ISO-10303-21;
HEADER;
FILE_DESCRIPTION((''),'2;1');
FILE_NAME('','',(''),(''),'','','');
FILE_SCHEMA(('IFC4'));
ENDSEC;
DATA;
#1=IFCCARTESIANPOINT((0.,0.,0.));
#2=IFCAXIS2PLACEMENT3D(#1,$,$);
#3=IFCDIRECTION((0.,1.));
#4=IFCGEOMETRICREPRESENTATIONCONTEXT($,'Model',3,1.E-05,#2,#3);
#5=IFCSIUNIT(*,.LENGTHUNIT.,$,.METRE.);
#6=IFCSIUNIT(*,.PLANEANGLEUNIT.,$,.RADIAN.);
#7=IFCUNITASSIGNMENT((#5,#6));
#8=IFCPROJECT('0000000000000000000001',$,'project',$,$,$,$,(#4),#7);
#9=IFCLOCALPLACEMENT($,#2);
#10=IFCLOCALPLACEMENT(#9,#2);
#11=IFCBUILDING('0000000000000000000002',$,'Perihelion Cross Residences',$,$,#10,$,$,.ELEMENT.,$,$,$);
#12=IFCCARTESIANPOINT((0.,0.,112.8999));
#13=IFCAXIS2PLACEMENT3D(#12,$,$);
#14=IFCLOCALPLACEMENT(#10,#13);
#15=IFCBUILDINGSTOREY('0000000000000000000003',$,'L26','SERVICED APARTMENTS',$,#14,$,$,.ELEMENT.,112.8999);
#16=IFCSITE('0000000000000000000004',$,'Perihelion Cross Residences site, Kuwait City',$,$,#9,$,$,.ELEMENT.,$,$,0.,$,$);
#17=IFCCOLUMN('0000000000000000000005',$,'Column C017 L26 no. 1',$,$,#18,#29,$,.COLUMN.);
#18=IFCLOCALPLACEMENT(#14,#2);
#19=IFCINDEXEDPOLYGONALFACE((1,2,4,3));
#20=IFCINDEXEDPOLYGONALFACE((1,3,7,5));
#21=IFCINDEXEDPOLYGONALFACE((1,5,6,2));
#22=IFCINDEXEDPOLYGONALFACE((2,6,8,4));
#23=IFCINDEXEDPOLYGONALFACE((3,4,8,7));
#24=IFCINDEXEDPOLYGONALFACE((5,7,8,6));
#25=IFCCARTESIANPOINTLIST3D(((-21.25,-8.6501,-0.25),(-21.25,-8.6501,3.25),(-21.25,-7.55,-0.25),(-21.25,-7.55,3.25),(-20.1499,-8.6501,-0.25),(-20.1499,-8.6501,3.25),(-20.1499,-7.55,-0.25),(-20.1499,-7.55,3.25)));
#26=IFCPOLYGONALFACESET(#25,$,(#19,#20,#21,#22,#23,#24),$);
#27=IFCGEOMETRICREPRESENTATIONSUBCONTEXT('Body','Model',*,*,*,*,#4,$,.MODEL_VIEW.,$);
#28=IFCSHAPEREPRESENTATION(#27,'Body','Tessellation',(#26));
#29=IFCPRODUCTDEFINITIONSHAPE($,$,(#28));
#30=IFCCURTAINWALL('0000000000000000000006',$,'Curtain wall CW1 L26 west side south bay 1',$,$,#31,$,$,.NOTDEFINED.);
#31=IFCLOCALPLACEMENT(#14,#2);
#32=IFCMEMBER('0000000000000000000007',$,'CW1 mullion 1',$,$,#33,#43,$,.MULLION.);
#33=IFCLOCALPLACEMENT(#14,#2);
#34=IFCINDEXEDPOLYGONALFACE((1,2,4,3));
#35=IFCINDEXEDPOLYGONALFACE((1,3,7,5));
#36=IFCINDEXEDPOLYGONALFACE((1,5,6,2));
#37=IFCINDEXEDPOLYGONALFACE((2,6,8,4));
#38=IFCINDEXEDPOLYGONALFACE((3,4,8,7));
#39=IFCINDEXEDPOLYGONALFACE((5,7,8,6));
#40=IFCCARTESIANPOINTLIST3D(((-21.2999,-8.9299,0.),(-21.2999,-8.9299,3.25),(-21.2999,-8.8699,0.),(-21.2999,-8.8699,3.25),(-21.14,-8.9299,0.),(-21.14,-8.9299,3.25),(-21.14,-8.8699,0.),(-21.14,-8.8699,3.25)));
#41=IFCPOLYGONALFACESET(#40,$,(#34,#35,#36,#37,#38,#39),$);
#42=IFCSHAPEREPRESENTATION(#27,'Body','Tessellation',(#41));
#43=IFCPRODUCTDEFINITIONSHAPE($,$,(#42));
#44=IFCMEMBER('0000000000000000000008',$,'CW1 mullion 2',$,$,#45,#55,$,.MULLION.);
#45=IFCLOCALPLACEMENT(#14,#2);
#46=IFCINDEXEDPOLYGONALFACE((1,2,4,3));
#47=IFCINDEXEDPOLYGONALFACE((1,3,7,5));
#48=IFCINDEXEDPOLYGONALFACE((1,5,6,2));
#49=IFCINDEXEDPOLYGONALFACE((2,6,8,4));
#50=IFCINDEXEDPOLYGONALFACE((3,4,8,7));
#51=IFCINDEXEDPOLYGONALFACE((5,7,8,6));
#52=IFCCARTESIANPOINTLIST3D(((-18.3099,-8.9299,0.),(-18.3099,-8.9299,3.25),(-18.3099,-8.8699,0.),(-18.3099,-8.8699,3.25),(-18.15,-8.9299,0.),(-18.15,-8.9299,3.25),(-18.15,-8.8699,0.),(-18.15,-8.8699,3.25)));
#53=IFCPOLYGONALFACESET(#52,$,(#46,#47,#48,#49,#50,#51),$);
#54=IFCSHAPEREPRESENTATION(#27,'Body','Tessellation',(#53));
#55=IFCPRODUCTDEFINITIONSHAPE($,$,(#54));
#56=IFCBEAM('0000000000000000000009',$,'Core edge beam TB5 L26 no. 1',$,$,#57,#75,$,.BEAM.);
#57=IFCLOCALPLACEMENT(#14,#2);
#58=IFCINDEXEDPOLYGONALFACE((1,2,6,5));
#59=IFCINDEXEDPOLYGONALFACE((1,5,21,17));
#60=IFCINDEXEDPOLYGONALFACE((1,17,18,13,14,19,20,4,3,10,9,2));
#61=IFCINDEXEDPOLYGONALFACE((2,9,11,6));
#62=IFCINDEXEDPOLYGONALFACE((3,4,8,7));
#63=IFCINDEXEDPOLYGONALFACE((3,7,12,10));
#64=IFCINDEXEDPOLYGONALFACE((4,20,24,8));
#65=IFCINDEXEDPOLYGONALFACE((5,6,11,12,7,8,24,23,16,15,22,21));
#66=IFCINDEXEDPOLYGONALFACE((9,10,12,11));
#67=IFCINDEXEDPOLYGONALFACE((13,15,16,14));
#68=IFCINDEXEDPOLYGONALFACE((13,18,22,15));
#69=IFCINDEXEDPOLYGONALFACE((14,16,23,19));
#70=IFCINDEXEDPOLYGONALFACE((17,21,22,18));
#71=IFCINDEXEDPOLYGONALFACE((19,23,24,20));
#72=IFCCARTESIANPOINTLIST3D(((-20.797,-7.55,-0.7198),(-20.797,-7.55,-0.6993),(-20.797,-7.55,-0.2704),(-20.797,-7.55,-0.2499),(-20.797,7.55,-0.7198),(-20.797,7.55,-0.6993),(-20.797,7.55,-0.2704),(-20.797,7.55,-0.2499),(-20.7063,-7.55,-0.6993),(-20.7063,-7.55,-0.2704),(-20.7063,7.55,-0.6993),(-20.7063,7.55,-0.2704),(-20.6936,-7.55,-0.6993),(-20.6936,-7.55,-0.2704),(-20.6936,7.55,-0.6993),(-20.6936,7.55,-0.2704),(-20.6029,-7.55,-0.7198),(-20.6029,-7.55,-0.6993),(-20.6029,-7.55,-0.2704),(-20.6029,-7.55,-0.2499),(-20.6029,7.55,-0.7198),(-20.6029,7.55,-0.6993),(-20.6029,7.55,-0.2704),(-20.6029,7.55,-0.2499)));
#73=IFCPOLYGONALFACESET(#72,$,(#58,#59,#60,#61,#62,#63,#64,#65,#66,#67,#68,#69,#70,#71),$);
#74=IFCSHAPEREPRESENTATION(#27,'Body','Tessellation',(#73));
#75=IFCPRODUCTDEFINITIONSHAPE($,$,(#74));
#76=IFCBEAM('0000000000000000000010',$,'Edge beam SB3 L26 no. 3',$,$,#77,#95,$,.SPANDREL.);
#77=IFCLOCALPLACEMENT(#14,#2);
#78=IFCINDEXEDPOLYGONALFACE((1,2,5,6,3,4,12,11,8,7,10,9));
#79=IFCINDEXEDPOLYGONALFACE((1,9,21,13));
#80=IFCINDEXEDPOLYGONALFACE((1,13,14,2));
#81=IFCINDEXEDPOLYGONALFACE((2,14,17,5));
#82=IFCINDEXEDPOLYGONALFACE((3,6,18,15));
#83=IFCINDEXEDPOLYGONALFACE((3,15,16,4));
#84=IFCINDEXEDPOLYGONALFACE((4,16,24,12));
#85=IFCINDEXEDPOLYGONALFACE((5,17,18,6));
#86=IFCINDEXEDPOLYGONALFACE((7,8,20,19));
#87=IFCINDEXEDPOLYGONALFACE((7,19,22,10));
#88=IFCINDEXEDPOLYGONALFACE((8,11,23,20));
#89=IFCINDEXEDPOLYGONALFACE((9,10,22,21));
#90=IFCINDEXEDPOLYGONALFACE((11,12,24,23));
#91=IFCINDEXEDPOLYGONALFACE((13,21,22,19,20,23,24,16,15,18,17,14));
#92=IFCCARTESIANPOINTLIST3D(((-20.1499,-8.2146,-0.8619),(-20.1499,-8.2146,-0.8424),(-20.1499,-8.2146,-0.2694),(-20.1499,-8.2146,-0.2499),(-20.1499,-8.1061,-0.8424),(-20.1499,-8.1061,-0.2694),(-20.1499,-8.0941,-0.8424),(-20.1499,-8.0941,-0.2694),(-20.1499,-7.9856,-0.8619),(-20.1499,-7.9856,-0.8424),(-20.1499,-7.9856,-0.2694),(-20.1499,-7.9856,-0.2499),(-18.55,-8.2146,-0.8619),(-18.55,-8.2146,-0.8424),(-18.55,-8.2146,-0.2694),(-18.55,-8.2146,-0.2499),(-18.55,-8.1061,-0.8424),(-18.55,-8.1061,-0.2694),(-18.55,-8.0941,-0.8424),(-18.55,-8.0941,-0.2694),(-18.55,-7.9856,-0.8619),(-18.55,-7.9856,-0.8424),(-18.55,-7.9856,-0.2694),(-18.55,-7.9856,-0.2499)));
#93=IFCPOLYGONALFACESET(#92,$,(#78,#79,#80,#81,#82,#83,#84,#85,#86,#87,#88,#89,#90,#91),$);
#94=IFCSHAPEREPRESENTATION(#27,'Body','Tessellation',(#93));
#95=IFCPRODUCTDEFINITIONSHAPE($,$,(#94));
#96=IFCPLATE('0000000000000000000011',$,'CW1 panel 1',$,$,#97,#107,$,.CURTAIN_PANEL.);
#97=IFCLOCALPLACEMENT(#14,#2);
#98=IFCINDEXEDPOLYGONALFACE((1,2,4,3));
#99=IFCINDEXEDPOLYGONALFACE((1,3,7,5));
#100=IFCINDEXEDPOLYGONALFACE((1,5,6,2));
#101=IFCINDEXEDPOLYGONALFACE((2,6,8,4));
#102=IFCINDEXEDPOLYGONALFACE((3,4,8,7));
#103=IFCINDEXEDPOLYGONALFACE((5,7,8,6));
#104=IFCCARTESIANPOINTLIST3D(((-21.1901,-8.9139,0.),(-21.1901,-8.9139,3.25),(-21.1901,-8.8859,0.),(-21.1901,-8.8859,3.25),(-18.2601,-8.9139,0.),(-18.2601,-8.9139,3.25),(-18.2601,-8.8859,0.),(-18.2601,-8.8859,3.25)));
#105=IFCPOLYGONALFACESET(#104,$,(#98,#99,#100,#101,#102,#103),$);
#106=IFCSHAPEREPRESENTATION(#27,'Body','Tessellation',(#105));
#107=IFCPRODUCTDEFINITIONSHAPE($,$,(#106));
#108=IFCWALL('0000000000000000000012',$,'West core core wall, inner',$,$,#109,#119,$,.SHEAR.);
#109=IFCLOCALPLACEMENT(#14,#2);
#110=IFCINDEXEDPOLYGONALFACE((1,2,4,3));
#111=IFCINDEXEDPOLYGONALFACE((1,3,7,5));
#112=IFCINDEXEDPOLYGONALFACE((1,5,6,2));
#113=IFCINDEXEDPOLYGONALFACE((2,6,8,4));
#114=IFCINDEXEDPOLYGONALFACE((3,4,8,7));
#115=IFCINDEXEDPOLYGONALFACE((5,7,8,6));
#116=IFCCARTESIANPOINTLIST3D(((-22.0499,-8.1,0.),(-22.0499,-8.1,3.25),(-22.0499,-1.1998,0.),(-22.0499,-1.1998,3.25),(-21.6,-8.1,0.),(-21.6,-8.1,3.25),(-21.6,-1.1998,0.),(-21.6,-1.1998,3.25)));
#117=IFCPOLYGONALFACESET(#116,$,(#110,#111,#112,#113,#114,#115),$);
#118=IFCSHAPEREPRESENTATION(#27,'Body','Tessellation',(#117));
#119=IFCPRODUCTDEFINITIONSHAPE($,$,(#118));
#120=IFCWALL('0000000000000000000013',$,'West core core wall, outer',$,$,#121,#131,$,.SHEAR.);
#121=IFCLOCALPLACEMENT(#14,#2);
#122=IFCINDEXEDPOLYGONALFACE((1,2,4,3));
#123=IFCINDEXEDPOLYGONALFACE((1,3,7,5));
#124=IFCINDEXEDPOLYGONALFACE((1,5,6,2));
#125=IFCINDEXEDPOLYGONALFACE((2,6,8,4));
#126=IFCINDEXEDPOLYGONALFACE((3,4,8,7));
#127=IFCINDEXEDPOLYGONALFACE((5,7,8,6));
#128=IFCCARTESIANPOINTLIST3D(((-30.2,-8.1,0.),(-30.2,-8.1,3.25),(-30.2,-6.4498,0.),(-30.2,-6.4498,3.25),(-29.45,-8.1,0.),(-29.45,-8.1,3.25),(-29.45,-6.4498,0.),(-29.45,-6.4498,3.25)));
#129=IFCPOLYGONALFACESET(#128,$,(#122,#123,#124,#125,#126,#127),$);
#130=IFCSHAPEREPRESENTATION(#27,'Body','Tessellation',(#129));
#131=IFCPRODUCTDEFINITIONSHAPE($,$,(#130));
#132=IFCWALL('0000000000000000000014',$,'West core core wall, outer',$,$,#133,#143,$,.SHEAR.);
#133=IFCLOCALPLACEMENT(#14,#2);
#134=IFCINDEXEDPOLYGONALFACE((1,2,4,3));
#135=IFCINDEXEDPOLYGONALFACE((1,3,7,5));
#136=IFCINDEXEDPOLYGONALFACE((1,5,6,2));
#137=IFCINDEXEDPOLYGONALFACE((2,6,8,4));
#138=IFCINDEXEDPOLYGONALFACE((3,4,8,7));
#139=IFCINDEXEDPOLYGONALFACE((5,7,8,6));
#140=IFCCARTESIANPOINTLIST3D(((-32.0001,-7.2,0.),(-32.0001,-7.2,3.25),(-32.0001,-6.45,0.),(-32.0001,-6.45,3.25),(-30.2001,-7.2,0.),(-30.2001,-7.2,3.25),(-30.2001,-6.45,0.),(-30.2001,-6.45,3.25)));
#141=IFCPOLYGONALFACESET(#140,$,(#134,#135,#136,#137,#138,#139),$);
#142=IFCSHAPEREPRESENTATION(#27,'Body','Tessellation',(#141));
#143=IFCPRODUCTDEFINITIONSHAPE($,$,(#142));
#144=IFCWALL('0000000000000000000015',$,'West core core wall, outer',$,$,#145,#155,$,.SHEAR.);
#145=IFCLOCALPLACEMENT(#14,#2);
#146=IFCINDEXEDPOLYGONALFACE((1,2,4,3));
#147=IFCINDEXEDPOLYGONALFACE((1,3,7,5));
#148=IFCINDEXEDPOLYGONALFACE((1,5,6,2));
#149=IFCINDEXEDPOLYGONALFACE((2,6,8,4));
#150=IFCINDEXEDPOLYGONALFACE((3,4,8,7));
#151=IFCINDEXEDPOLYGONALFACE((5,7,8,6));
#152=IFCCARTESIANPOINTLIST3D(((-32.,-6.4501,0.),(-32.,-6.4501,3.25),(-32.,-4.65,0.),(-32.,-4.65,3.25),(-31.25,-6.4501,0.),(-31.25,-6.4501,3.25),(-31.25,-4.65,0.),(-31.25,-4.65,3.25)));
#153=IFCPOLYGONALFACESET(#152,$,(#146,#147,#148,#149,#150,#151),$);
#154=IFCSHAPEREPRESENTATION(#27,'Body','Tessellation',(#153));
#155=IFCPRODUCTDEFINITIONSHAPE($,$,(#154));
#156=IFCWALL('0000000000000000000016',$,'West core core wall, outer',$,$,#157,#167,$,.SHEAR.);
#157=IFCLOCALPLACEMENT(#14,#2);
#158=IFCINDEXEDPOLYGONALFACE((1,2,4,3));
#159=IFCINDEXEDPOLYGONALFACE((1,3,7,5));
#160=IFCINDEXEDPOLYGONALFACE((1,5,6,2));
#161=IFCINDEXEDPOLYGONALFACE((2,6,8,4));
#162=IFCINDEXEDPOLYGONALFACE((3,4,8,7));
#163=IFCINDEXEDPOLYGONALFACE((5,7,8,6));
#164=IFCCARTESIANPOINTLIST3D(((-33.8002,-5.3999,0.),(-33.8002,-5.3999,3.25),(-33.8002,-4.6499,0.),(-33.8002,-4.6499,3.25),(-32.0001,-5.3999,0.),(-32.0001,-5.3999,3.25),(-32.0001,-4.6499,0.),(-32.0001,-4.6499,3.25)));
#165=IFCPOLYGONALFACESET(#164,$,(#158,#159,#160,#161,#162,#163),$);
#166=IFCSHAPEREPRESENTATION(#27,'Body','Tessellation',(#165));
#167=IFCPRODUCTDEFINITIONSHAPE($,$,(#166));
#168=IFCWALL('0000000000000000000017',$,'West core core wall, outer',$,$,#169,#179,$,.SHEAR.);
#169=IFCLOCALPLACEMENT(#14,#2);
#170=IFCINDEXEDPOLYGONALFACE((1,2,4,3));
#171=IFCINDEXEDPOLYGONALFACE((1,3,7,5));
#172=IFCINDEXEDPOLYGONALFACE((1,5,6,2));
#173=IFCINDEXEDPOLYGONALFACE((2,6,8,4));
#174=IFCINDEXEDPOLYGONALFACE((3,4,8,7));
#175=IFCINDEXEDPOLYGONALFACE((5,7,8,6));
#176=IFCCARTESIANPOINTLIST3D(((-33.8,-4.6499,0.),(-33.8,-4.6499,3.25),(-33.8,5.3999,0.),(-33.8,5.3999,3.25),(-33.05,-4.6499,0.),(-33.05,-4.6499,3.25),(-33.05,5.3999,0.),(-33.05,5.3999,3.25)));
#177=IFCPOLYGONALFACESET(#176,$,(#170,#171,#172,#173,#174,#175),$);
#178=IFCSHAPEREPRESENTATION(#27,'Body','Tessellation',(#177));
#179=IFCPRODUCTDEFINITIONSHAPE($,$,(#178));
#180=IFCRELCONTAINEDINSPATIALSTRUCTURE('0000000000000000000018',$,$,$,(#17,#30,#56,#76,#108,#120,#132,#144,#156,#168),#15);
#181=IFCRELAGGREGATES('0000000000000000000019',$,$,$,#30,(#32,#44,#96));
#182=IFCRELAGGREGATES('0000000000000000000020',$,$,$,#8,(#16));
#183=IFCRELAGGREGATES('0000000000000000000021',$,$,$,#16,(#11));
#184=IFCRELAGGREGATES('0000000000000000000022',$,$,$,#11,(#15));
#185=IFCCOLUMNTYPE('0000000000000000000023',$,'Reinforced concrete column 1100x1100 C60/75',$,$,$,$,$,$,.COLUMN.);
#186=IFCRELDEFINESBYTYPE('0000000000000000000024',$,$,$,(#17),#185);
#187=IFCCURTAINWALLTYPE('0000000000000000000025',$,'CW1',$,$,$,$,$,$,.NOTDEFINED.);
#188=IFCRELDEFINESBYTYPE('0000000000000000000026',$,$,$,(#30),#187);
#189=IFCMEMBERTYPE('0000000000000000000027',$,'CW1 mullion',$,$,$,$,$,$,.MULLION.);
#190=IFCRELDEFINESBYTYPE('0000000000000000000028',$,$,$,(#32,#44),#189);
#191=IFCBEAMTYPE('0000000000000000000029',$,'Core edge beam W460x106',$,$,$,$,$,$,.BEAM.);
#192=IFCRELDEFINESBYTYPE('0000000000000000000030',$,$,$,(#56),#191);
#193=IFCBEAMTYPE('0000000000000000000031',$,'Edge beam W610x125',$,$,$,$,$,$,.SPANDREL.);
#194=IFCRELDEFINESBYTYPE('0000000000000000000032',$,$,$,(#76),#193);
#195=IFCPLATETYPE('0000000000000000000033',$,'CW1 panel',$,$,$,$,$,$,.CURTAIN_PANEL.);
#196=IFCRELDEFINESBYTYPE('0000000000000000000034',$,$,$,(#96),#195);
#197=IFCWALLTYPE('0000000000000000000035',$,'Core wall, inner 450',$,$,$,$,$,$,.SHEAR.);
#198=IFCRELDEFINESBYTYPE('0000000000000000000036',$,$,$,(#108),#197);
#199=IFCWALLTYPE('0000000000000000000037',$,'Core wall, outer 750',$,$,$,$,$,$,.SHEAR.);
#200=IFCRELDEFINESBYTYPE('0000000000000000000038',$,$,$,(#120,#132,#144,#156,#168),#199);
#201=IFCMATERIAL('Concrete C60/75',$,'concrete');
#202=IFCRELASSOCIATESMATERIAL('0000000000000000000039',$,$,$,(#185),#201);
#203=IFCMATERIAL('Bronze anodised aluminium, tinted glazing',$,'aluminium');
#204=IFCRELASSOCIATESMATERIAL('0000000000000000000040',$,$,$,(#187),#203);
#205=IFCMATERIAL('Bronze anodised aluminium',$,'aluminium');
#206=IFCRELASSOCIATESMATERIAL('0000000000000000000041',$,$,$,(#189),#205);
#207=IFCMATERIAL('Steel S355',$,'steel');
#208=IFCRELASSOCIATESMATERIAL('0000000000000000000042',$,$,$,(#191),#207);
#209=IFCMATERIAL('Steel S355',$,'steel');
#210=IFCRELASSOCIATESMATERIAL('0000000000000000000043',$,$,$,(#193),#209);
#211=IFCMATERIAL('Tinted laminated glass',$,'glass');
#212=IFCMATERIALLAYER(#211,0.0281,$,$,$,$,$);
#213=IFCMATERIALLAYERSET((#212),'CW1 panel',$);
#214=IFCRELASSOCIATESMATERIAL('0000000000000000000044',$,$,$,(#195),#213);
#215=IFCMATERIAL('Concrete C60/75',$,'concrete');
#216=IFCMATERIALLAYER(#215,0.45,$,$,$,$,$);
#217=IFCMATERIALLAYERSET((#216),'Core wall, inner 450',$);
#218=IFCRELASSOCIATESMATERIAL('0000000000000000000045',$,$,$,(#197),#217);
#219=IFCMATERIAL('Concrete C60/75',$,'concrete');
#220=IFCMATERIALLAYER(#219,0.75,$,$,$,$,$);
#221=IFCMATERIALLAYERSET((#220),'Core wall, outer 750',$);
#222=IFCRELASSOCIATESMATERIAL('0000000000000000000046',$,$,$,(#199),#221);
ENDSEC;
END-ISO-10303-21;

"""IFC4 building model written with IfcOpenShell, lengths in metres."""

from ifc_helpers import new_model, si_unit, direction, frame, frame_2d, origin, origin_2d, place, context, subcontext, project, spatial, rectangle, i_section, extrude, material, layer, layer_set, material_profile, profile_set, type_object, element, aggregate, save


model = new_model("IFC4")

# Units and contexts
model_context = context("Model", 3, precision=1e-05, world=origin(), true_north=direction((0.0, 1.0)))
body_context = subcontext(model_context, "Body", "Model", "MODEL_VIEW")
ifc_project = project(units=[si_unit("LENGTHUNIT", "METRE"), si_unit("PLANEANGLEUNIT", "RADIAN")], contexts=[model_context])

# Site, building, storey
site_placement = place(None, origin())
site = spatial("IfcSite", under=ifc_project, at=site_placement, Name="Perihelion Cross Residences site, Kuwait City", CompositionType="ELEMENT", RefElevation=0.0)
building_placement = place(site_placement, origin())
building = spatial("IfcBuilding", under=site, at=building_placement, Name="Perihelion Cross Residences", CompositionType="ELEMENT")
storey_placement = place(building_placement, frame((0.0, 0.0, 112.8999)))
storey = spatial("IfcBuildingStorey", under=building, at=storey_placement, Name="L26", Description="SERVICED APARTMENTS", CompositionType="ELEMENT", Elevation=112.8999)

# Column
ifc_material_1 = material(Name="Concrete C60/75", Category="concrete")
ifc_material_profile_1 = material_profile(ifc_material_1, rectangle(XDim=1.1001, YDim=1.1001, at=origin_2d()), Name="RC 1100x1100")
ifc_profile_set_1 = profile_set([ifc_material_profile_1], Name="Concrete C60/75")
column_type = type_object("IfcColumnType", Name="Reinforced concrete column 1100x1100 C60/75", PredefinedType="COLUMN", material=ifc_profile_set_1)
column_placement = place(storey_placement, frame((-20.7, -8.1001, -0.25), z_axis=(0.0, 0.0, 1.0), x_axis=(1.0, 0.0, 0.0)))
element("IfcColumn", 1, at=column_placement, inside=storey, type_object=column_type, Name="Column C017 L26 no. 1", PredefinedType="COLUMN", context=body_context, shape_type="SweptSolid", body=[
    extrude(rectangle(XDim=1.1001, YDim=1.1001, at=origin_2d()), origin(), (0.0, 0.0, 1.0), 3.5),
])

# Curtain wall, members
ifc_material_2 = material(Name="Bronze anodised aluminium, tinted glazing", Category="aluminium")
curtain_wall_type = type_object("IfcCurtainWallType", Name="CW1", PredefinedType="NOTDEFINED", material=ifc_material_2)
curtain_wall_placement = place(storey_placement, origin())
curtain_wall = element("IfcCurtainWall", 2, at=curtain_wall_placement, inside=storey, type_object=curtain_wall_type, Name="Curtain wall CW1 L26 west side south bay 1", PredefinedType="NOTDEFINED")
ifc_material_3 = material(Name="Bronze anodised aluminium", Category="aluminium")
ifc_material_profile_2 = material_profile(ifc_material_3, rectangle(XDim=0.0601, YDim=0.1599, at=origin_2d()), Name="CW1 mullion")
ifc_profile_set_2 = profile_set([ifc_material_profile_2], Name="Bronze anodised aluminium")
member_type = type_object("IfcMemberType", Name="CW1 mullion", PredefinedType="MULLION", material=ifc_profile_set_2)
member_1_placement = place(storey_placement, frame((-21.22, -8.8999, 0.0), z_axis=(0.0, 0.0, 1.0), x_axis=(0.0, 1.0, 0.0)))
member_1 = element("IfcMember", 3, at=member_1_placement, type_object=member_type, Name="CW1 mullion 1", PredefinedType="MULLION", context=body_context, shape_type="SweptSolid", body=[
    extrude(rectangle(XDim=0.0601, YDim=0.1599, at=origin_2d()), origin(), (0.0, 0.0, 1.0), 3.25),
])
member_2_placement = place(storey_placement, frame((-18.23, -8.8999, 0.0), z_axis=(0.0, 0.0, 1.0), x_axis=(0.0, 1.0, 0.0)))
member_2 = element("IfcMember", 4, at=member_2_placement, type_object=member_type, Name="CW1 mullion 2", PredefinedType="MULLION", context=body_context, shape_type="SweptSolid", body=[
    extrude(rectangle(XDim=0.0601, YDim=0.1599, at=origin_2d()), origin(), (0.0, 0.0, 1.0), 3.25),
])

# Beams
ifc_material_4 = material(Name="Steel S355", Category="steel")
ifc_material_profile_3 = material_profile(ifc_material_4, i_section(OverallWidth=0.1941, OverallDepth=0.47, WebThickness=0.0127, FlangeThickness=0.0205, at=origin_2d()), Name="W460x106")
ifc_profile_set_3 = profile_set([ifc_material_profile_3], Name="Steel S355")
beam_type_1 = type_object("IfcBeamType", Name="Core edge beam W460x106", PredefinedType="BEAM", material=ifc_profile_set_3)
beam_1_placement = place(storey_placement, frame((-20.7, -7.55, -0.4849), z_axis=(0.0, 1.0, 0.0), x_axis=(-1.0, 0.0, 0.0)))
element("IfcBeam", 5, at=beam_1_placement, inside=storey, type_object=beam_type_1, Name="Core edge beam TB5 L26 no. 1", PredefinedType="BEAM", context=body_context, shape_type="SweptSolid", body=[
    extrude(i_section(OverallWidth=0.1941, OverallDepth=0.47, WebThickness=0.0127, FlangeThickness=0.0205, at=origin_2d()), origin(), (0.0, 0.0, 1.0), 15.1001),
])
ifc_material_5 = material(Name="Steel S355", Category="steel")
ifc_material_profile_4 = material_profile(ifc_material_5, i_section(OverallWidth=0.229, OverallDepth=0.6121, WebThickness=0.012, FlangeThickness=0.0195, at=origin_2d()), Name="W610x125")
ifc_profile_set_4 = profile_set([ifc_material_profile_4], Name="Steel S355")
beam_type_2 = type_object("IfcBeamType", Name="Edge beam W610x125", PredefinedType="SPANDREL", material=ifc_profile_set_4)
beam_2_placement = place(storey_placement, frame((-20.1499, -8.1001, -0.5559), z_axis=(1.0, 0.0, 0.0), x_axis=(0.0, 1.0, 0.0)))
element("IfcBeam", 6, at=beam_2_placement, inside=storey, type_object=beam_type_2, Name="Edge beam SB3 L26 no. 3", PredefinedType="SPANDREL", context=body_context, shape_type="SweptSolid", body=[
    extrude(i_section(OverallWidth=0.229, OverallDepth=0.6121, WebThickness=0.012, FlangeThickness=0.0195, at=origin_2d()), origin(), (0.0, 0.0, 1.0), 1.5999),
])

# Plate
ifc_material_6 = material(Name="Tinted laminated glass", Category="glass")
ifc_layer_1 = layer(ifc_material_6, 0.0281)
ifc_layer_set_1 = layer_set([ifc_layer_1], Name="CW1 panel")
plate_type = type_object("IfcPlateType", Name="CW1 panel", PredefinedType="CURTAIN_PANEL", material=ifc_layer_set_1)
plate_placement = place(storey_placement, frame((-19.7251, -8.8999, 0.0), z_axis=(0.0, 0.0, 1.0), x_axis=(1.0, 0.0, 0.0)))
plate = element("IfcPlate", 7, at=plate_placement, type_object=plate_type, Name="CW1 panel 1", PredefinedType="CURTAIN_PANEL", context=body_context, shape_type="SweptSolid", body=[
    extrude(rectangle(XDim=2.9299, YDim=0.0281, at=origin_2d()), origin(), (0.0, 0.0, 1.0), 3.25),
])
aggregate(curtain_wall, [member_1, member_2, plate])

# Walls
ifc_material_7 = material(Name="Concrete C60/75", Category="concrete")
ifc_layer_2 = layer(ifc_material_7, 0.45)
ifc_layer_set_2 = layer_set([ifc_layer_2], Name="Core wall, inner 450")
wall_type_1 = type_object("IfcWallType", Name="Core wall, inner 450", PredefinedType="SHEAR", material=ifc_layer_set_2)
wall_1_placement = place(storey_placement, frame((-21.825, -8.1001, 0.0), z_axis=(0.0, 0.0, 1.0), x_axis=(0.0, 1.0, 0.0)))
element("IfcWall", 8, at=wall_1_placement, inside=storey, type_object=wall_type_1, Name="West core core wall, inner", PredefinedType="SHEAR", context=body_context, shape_type="SweptSolid", body=[
    extrude(rectangle(XDim=6.9001, YDim=0.45, at=frame_2d((3.4502, 0.0))), origin(), (0.0, 0.0, 1.0), 3.25),
])
ifc_material_8 = material(Name="Concrete C60/75", Category="concrete")
ifc_layer_3 = layer(ifc_material_8, 0.75)
ifc_layer_set_3 = layer_set([ifc_layer_3], Name="Core wall, outer 750")
wall_type_2 = type_object("IfcWallType", Name="Core wall, outer 750", PredefinedType="SHEAR", material=ifc_layer_set_3)
wall_2_placement = place(storey_placement, frame((-29.825, -8.1001, 0.0), z_axis=(0.0, 0.0, 1.0), x_axis=(0.0, 1.0, 0.0)))
element("IfcWall", 9, at=wall_2_placement, inside=storey, type_object=wall_type_2, Name="West core core wall, outer", PredefinedType="SHEAR", context=body_context, shape_type="SweptSolid", body=[
    extrude(rectangle(XDim=1.6501, YDim=0.75, at=frame_2d((0.8252, 0.0))), origin(), (0.0, 0.0, 1.0), 3.25),
])
for number, where, z_axis, x_axis, name in (
    (10, (-32.0, -6.825, 0.0), (0.0, 0.0, 1.0), (1.0, 0.0, 0.0), "West core core wall, outer"),
    (11, (-31.625, -6.45, 0.0), (0.0, 0.0, 1.0), (0.0, 1.0, 0.0), "West core core wall, outer"),
    (12, (-33.8, -5.0249, 0.0), (0.0, 0.0, 1.0), (1.0, 0.0, 0.0), "West core core wall, outer"),
):
    element("IfcWall", number, at=place(storey_placement, frame(where, z_axis=z_axis, x_axis=x_axis)), inside=storey, type_object=wall_type_2, Name=name, PredefinedType="SHEAR", context=body_context, shape_type="SweptSolid", body=[
        extrude(rectangle(XDim=1.8, YDim=0.75, at=frame_2d((0.8999, 0.0))), origin(), (0.0, 0.0, 1.0), 3.25),
    ])
wall_3_placement = place(storey_placement, frame((-33.425, -4.6499, 0.0), z_axis=(0.0, 0.0, 1.0), x_axis=(0.0, 1.0, 0.0)))
element("IfcWall", 13, at=wall_3_placement, inside=storey, type_object=wall_type_2, Name="West core core wall, outer", PredefinedType="SHEAR", context=body_context, shape_type="SweptSolid", body=[
    extrude(rectangle(XDim=10.0498, YDim=0.75, at=frame_2d((5.0249, 0.0))), origin(), (0.0, 0.0, 1.0), 3.25),
])

save(model, "model.ifc")
